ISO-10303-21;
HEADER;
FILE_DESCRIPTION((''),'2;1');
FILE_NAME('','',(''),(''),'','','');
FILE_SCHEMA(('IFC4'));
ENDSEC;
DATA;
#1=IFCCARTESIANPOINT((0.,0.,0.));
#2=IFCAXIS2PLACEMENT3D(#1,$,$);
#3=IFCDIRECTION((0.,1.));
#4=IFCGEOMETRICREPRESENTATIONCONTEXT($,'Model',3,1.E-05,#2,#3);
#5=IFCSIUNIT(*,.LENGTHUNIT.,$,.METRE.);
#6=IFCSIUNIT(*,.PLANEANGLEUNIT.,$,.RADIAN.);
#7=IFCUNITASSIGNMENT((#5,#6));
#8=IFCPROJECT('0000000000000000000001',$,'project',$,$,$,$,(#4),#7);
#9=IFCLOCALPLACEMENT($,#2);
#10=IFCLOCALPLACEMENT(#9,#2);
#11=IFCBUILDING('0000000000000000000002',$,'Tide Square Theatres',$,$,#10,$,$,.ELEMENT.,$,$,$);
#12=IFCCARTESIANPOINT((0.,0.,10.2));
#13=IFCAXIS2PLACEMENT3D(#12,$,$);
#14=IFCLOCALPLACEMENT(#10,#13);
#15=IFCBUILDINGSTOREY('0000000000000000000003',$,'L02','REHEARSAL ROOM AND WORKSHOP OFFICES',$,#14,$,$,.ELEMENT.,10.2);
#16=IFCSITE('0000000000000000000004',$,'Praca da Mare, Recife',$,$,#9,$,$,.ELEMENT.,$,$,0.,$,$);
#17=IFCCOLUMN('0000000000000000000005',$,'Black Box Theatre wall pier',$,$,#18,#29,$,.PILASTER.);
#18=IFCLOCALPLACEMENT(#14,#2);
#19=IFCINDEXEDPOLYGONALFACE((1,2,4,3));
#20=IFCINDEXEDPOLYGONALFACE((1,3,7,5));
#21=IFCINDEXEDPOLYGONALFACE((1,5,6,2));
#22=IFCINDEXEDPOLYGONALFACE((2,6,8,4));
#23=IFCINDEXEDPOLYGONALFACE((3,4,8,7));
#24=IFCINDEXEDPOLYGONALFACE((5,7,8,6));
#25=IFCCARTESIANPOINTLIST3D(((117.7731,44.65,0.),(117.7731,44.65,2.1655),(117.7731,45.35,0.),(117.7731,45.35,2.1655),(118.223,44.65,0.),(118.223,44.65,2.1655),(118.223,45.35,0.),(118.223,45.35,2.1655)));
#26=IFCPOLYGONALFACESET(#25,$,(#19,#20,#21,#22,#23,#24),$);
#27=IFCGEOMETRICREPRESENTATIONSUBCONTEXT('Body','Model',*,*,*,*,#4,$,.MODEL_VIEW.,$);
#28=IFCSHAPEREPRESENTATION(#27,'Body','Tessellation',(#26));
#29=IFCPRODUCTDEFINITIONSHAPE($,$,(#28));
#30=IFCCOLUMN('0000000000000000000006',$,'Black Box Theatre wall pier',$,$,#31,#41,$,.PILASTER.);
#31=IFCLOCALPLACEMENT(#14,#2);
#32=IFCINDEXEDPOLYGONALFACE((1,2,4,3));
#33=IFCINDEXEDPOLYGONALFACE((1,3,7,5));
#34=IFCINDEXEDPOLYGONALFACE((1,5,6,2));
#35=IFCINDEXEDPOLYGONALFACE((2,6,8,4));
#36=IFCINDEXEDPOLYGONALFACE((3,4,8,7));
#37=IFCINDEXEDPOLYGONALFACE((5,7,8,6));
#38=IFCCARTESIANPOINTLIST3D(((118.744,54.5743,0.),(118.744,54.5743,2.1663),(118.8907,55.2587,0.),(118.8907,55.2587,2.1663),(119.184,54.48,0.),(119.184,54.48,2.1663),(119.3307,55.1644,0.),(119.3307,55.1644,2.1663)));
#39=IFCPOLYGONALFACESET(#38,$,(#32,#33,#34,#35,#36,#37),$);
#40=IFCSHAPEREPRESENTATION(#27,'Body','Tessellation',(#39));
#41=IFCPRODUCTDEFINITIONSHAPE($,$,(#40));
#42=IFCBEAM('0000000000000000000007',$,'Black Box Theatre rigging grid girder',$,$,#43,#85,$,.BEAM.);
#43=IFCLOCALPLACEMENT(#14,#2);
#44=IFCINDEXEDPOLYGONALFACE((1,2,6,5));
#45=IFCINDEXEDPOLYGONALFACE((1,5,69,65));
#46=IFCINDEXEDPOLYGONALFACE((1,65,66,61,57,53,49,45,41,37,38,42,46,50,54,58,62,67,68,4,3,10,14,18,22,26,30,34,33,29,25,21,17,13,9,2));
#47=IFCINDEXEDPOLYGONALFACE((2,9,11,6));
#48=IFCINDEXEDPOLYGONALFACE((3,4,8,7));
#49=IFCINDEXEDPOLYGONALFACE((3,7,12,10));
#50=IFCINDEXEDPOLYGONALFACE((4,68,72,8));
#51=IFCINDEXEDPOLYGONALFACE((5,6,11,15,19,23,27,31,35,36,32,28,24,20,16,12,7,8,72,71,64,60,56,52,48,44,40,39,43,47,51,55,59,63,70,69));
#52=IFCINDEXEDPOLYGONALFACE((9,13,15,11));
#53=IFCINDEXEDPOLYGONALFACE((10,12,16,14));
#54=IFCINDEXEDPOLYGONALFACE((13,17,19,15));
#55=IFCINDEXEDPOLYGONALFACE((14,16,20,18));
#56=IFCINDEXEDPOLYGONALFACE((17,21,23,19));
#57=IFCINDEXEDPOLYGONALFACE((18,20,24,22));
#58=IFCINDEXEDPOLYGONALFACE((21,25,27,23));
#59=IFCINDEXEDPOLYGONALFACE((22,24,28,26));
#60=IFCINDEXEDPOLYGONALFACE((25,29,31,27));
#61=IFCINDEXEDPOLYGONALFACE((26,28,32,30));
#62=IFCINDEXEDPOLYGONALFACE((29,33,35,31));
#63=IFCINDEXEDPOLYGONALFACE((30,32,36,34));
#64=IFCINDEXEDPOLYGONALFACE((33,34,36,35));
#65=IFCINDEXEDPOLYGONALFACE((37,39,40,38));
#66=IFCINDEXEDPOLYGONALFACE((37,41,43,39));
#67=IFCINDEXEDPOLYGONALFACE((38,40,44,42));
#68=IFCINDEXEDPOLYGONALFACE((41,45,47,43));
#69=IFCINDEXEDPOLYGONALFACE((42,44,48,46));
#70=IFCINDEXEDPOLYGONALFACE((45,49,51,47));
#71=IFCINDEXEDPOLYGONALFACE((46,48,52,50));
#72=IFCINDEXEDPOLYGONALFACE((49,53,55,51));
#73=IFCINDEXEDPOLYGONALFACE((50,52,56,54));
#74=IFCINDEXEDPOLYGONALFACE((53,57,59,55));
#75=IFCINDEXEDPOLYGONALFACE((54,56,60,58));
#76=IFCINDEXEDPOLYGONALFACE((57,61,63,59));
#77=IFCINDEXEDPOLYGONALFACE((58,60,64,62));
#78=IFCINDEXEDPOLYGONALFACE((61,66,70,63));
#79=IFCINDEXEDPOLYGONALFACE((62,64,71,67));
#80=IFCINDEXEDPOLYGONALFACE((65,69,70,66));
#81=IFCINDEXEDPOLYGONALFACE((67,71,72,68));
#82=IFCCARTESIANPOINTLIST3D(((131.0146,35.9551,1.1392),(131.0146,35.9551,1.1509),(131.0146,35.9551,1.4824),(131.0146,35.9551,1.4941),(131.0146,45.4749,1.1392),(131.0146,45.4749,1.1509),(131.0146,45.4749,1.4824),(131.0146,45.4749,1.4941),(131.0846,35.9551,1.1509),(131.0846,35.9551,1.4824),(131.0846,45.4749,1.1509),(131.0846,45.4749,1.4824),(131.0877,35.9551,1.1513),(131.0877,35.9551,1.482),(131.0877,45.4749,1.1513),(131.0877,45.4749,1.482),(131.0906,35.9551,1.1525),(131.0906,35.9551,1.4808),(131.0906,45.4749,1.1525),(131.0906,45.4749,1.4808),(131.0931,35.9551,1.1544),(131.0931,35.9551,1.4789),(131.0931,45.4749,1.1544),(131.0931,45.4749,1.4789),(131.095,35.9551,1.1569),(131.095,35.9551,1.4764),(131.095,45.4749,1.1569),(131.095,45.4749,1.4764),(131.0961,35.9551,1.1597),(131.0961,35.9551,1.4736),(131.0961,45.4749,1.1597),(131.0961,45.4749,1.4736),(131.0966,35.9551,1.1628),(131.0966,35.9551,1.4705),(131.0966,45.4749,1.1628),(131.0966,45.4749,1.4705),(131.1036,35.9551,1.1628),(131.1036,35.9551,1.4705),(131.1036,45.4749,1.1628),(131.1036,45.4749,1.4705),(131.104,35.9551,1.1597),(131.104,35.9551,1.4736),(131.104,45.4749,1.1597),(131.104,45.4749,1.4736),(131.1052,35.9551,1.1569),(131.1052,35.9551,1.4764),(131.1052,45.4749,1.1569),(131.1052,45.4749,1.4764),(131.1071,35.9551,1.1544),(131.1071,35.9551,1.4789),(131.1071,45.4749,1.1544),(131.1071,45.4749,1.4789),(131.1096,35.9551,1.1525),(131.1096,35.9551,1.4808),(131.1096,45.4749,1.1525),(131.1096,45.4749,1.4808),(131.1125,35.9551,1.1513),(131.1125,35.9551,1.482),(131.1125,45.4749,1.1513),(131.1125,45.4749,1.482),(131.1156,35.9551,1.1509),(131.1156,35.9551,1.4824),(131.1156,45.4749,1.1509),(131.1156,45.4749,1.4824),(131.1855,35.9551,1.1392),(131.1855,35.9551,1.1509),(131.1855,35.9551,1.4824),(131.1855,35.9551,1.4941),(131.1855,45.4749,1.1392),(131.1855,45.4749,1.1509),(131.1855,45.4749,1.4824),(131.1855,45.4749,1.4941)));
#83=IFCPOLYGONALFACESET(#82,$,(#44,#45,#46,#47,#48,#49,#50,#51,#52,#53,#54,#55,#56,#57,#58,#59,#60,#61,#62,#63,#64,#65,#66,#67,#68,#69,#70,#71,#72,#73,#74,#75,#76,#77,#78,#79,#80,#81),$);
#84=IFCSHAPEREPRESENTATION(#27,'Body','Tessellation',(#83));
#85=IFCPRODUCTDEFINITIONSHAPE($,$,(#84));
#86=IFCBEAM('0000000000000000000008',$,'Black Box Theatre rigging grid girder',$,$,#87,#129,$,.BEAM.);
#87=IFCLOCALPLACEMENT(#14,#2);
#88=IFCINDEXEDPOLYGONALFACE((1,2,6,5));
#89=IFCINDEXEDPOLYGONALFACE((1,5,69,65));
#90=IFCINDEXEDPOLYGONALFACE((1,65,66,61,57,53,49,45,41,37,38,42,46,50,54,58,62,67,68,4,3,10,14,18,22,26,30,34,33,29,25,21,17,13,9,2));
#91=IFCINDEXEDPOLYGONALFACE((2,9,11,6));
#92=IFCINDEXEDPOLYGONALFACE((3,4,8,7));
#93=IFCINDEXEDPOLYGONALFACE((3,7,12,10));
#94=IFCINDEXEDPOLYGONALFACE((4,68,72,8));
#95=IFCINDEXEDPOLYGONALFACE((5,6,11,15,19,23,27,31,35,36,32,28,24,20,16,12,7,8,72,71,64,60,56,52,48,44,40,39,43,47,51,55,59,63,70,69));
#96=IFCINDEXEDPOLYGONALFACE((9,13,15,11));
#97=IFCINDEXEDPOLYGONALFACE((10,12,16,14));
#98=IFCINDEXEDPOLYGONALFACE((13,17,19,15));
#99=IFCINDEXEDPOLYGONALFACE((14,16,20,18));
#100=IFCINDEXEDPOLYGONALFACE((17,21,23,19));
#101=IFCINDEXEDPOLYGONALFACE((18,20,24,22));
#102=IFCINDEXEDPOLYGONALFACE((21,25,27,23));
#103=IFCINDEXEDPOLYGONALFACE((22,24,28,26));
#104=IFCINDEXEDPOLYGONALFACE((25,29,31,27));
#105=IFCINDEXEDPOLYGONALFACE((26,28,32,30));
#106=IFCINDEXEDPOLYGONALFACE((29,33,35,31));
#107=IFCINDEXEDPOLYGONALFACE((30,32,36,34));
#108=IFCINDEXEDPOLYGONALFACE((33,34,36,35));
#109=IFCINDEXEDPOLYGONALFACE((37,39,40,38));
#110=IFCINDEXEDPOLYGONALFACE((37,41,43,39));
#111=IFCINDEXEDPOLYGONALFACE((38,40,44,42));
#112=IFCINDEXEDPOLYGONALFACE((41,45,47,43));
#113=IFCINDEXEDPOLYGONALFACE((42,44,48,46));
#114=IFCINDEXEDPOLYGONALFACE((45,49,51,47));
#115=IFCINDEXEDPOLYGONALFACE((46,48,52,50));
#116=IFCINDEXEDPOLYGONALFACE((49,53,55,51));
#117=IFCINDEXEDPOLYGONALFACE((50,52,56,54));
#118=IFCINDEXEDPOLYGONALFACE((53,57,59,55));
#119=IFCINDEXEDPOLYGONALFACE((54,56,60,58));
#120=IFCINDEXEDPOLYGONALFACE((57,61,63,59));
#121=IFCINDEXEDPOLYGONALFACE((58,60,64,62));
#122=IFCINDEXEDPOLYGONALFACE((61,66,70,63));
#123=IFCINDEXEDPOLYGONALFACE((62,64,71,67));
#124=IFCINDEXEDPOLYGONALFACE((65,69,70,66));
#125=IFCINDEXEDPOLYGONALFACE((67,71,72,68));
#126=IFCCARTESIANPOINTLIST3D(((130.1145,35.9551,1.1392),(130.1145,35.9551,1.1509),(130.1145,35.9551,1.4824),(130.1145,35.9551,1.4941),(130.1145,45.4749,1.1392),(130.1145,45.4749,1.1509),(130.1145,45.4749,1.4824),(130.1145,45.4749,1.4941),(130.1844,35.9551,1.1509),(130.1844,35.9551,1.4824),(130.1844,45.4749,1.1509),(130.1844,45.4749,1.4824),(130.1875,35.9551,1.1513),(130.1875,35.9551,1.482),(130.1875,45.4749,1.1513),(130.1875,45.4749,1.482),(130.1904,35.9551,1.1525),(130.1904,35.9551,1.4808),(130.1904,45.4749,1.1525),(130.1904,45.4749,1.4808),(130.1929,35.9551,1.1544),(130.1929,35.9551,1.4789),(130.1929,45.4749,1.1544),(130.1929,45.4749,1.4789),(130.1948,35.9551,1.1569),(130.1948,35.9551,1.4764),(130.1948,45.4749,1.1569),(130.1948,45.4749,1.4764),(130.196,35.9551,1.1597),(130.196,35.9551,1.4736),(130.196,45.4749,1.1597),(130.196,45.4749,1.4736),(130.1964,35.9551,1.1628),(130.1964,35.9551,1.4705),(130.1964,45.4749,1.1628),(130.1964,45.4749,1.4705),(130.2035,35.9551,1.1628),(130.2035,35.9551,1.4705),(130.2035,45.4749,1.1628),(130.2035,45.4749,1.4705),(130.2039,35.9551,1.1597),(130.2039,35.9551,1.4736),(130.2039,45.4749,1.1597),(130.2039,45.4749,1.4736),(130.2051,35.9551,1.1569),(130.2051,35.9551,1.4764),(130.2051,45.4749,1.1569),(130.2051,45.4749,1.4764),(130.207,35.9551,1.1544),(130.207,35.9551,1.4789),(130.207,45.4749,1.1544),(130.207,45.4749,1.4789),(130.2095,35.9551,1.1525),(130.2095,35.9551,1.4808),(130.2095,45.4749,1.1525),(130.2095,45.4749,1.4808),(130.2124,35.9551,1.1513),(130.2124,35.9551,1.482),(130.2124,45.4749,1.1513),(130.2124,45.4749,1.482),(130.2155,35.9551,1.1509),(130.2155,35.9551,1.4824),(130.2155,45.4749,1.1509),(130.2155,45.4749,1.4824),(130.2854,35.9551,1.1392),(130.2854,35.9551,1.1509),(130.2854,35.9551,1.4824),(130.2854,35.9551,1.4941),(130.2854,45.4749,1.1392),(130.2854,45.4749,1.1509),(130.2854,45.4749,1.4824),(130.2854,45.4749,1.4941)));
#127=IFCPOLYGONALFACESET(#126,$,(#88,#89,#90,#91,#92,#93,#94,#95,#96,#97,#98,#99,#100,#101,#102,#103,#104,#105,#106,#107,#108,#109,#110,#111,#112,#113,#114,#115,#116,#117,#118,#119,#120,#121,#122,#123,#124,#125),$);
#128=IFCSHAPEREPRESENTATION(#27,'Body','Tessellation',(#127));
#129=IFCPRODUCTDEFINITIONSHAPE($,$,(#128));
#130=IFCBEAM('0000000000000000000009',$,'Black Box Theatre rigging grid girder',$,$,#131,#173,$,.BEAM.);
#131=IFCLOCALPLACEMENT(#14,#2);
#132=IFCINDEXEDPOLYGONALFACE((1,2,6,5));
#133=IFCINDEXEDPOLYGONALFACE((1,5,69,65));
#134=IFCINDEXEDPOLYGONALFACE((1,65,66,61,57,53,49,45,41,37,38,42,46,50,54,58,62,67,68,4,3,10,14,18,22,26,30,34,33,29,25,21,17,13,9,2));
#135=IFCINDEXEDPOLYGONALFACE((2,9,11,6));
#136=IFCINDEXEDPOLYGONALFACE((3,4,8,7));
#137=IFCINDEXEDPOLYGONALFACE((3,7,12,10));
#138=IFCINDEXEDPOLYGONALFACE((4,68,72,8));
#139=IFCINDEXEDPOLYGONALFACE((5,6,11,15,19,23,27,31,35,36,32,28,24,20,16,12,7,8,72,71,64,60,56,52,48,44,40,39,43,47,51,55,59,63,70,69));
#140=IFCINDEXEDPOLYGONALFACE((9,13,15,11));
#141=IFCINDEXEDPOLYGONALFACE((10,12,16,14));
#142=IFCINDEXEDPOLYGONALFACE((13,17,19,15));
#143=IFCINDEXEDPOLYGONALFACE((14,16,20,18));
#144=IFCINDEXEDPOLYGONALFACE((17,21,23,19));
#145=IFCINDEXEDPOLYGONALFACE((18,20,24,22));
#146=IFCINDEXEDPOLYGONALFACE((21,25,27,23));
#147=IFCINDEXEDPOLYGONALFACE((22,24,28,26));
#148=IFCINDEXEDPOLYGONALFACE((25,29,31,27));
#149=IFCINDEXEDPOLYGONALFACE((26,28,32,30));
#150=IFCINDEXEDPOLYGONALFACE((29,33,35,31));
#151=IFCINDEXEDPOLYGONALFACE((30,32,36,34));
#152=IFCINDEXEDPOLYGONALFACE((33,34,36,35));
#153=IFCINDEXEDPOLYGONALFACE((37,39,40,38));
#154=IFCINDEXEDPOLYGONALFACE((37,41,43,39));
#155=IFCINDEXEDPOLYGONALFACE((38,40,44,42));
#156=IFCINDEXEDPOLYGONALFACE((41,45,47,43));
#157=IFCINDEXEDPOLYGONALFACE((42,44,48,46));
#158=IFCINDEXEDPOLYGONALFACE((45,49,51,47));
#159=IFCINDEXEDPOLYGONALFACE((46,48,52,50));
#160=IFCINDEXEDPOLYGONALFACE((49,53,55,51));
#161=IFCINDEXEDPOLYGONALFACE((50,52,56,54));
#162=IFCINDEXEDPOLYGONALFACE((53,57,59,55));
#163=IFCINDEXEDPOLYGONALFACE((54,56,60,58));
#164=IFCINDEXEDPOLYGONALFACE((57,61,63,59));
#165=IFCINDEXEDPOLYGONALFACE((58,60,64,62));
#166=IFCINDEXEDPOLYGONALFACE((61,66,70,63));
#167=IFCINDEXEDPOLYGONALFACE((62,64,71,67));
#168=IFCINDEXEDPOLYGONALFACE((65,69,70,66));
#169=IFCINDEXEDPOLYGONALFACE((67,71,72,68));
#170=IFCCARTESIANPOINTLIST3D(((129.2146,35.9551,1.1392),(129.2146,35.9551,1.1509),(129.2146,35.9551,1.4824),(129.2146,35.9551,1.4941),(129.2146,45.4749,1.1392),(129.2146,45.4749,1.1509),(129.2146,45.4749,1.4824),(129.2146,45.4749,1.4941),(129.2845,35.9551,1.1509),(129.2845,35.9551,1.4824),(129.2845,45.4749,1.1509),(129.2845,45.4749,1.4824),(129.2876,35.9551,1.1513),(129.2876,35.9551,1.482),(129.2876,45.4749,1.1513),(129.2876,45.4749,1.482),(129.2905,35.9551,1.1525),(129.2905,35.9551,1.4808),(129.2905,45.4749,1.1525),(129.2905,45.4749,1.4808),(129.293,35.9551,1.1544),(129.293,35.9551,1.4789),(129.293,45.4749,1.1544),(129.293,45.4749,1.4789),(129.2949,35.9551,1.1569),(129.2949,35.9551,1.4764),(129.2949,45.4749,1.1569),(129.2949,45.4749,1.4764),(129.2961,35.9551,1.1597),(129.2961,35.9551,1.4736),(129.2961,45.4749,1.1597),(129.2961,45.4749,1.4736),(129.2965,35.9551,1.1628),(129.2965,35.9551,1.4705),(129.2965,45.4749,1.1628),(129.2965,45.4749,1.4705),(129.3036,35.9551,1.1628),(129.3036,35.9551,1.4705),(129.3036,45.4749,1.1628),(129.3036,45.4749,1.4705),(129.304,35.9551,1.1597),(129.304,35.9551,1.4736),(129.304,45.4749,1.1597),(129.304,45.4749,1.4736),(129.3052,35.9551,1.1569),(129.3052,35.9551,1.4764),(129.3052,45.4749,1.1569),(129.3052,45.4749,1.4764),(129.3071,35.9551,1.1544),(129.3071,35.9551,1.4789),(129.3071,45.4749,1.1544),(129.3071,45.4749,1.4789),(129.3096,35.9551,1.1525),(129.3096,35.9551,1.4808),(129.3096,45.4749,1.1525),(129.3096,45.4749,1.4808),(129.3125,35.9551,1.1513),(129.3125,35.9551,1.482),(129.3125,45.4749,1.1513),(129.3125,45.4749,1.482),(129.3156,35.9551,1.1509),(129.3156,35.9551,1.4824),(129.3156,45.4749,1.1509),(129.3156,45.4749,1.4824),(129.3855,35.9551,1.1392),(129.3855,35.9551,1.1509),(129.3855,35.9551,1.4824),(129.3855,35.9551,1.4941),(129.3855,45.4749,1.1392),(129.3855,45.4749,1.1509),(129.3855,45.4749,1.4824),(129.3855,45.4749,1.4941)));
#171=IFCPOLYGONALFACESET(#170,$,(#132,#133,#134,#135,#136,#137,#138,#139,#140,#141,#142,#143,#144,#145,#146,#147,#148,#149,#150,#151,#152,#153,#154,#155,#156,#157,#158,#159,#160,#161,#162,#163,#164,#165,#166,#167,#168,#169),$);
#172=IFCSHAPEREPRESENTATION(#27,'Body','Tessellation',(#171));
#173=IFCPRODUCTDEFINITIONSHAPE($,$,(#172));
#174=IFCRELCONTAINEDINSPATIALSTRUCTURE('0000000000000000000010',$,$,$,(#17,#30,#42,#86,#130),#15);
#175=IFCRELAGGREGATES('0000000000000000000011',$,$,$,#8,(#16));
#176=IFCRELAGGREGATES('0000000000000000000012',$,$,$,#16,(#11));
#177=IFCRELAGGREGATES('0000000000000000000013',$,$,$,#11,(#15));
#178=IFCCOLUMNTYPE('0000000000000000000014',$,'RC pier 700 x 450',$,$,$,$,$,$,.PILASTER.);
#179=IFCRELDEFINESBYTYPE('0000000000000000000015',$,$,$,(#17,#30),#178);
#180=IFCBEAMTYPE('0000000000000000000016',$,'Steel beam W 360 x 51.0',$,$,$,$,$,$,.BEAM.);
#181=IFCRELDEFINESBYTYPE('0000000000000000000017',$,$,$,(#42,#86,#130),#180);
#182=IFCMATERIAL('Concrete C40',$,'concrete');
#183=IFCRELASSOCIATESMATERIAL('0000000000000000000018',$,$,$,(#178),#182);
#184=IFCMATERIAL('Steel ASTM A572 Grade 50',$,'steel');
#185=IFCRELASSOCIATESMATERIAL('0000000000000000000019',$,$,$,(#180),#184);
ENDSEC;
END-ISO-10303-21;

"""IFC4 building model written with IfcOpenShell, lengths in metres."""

from ifc_helpers import new_model, si_unit, direction, frame, origin, origin_2d, place, context, subcontext, project, spatial, rectangle, i_section, extrude, material, material_profile, profile_set, type_object, element, save


model = new_model("IFC4")

# Units and contexts
model_context = context("Model", 3, precision=1e-05, world=origin(), true_north=direction((0.0, 1.0)))
body_context = subcontext(model_context, "Body", "Model", "MODEL_VIEW")
ifc_project = project(units=[si_unit("LENGTHUNIT", "METRE"), si_unit("PLANEANGLEUNIT", "RADIAN")], contexts=[model_context])

# Site, building, storey
site_placement = place(None, origin())
site = spatial("IfcSite", under=ifc_project, at=site_placement, Name="Praca da Mare, Recife", CompositionType="ELEMENT", RefElevation=0.0)
building_placement = place(site_placement, origin())
building = spatial("IfcBuilding", under=site, at=building_placement, Name="Tide Square Theatres", CompositionType="ELEMENT")
storey_placement = place(building_placement, frame((0.0, 0.0, 10.2)))
storey = spatial("IfcBuildingStorey", under=building, at=storey_placement, Name="L02", Description="REHEARSAL ROOM AND WORKSHOP OFFICES", CompositionType="ELEMENT", Elevation=10.2)

# Columns
ifc_material_1 = material(Name="Concrete C40", Category="concrete")
ifc_material_profile_1 = material_profile(ifc_material_1, rectangle(XDim=0.7, YDim=0.45, at=origin_2d()))
ifc_profile_set_1 = profile_set([ifc_material_profile_1], Name="Concrete C40")
column_type = type_object("IfcColumnType", Name="RC pier 700 x 450", PredefinedType="PILASTER", material=ifc_profile_set_1)
column_1_placement = place(storey_placement, frame((117.998, 45.0, 0.0), z_axis=(0.0, 0.0, 1.0), x_axis=(0.0, -1.0, 0.0)))
element("IfcColumn", 1, at=column_1_placement, inside=storey, type_object=column_type, Name="Black Box Theatre wall pier", PredefinedType="PILASTER", context=body_context, shape_type="SweptSolid", body=[
    extrude(rectangle(XDim=0.7, YDim=0.45, at=origin_2d()), origin(), (0.0, 0.0, 1.0), 2.1655),
])
column_2_placement = place(storey_placement, frame((119.0374, 54.8694, 0.0), z_axis=(0.0, 0.0, 1.0), x_axis=(-0.209561, -0.977796, 0.0)))
element("IfcColumn", 2, at=column_2_placement, inside=storey, type_object=column_type, Name="Black Box Theatre wall pier", PredefinedType="PILASTER", context=body_context, shape_type="SweptSolid", body=[
    extrude(rectangle(XDim=0.7, YDim=0.45, at=origin_2d()), origin(), (0.0, 0.0, 1.0), 2.1663),
])

# Beams
ifc_material_2 = material(Name="Steel ASTM A572 Grade 50", Category="steel")
ifc_material_profile_2 = material_profile(ifc_material_2, i_section(OverallWidth=0.1709, OverallDepth=0.355, WebThickness=0.0071, FlangeThickness=0.0117, FilletRadius=0.012, at=origin_2d()))
ifc_profile_set_2 = profile_set([ifc_material_profile_2], Name="Steel ASTM A572 Grade 50")
beam_type = type_object("IfcBeamType", Name="Steel beam W 360 x 51.0", PredefinedType="BEAM", material=ifc_profile_set_2)
for number, where, z_axis, x_axis, name in (
    (3, (131.1001, 35.9551, 1.3167), (0.0, 1.0, 0.0), (-1.0, 0.0, 0.0), "Black Box Theatre rigging grid girder"),
    (4, (130.2, 35.9551, 1.3167), (0.0, 1.0, 0.0), (-1.0, 0.0, 0.0), "Black Box Theatre rigging grid girder"),
    (5, (129.3, 35.9551, 1.3167), (0.0, 1.0, 0.0), (-1.0, 0.0, 0.0), "Black Box Theatre rigging grid girder"),
):
    element("IfcBeam", number, at=place(storey_placement, frame(where, z_axis=z_axis, x_axis=x_axis)), inside=storey, type_object=beam_type, Name=name, PredefinedType="BEAM", context=body_context, shape_type="SweptSolid", body=[
        extrude(i_section(OverallWidth=0.1709, OverallDepth=0.355, WebThickness=0.0071, FlangeThickness=0.0117, FilletRadius=0.012, at=origin_2d()), origin(), (0.0, 0.0, 1.0), 9.5198),
    ])

save(model, "model.ifc")
